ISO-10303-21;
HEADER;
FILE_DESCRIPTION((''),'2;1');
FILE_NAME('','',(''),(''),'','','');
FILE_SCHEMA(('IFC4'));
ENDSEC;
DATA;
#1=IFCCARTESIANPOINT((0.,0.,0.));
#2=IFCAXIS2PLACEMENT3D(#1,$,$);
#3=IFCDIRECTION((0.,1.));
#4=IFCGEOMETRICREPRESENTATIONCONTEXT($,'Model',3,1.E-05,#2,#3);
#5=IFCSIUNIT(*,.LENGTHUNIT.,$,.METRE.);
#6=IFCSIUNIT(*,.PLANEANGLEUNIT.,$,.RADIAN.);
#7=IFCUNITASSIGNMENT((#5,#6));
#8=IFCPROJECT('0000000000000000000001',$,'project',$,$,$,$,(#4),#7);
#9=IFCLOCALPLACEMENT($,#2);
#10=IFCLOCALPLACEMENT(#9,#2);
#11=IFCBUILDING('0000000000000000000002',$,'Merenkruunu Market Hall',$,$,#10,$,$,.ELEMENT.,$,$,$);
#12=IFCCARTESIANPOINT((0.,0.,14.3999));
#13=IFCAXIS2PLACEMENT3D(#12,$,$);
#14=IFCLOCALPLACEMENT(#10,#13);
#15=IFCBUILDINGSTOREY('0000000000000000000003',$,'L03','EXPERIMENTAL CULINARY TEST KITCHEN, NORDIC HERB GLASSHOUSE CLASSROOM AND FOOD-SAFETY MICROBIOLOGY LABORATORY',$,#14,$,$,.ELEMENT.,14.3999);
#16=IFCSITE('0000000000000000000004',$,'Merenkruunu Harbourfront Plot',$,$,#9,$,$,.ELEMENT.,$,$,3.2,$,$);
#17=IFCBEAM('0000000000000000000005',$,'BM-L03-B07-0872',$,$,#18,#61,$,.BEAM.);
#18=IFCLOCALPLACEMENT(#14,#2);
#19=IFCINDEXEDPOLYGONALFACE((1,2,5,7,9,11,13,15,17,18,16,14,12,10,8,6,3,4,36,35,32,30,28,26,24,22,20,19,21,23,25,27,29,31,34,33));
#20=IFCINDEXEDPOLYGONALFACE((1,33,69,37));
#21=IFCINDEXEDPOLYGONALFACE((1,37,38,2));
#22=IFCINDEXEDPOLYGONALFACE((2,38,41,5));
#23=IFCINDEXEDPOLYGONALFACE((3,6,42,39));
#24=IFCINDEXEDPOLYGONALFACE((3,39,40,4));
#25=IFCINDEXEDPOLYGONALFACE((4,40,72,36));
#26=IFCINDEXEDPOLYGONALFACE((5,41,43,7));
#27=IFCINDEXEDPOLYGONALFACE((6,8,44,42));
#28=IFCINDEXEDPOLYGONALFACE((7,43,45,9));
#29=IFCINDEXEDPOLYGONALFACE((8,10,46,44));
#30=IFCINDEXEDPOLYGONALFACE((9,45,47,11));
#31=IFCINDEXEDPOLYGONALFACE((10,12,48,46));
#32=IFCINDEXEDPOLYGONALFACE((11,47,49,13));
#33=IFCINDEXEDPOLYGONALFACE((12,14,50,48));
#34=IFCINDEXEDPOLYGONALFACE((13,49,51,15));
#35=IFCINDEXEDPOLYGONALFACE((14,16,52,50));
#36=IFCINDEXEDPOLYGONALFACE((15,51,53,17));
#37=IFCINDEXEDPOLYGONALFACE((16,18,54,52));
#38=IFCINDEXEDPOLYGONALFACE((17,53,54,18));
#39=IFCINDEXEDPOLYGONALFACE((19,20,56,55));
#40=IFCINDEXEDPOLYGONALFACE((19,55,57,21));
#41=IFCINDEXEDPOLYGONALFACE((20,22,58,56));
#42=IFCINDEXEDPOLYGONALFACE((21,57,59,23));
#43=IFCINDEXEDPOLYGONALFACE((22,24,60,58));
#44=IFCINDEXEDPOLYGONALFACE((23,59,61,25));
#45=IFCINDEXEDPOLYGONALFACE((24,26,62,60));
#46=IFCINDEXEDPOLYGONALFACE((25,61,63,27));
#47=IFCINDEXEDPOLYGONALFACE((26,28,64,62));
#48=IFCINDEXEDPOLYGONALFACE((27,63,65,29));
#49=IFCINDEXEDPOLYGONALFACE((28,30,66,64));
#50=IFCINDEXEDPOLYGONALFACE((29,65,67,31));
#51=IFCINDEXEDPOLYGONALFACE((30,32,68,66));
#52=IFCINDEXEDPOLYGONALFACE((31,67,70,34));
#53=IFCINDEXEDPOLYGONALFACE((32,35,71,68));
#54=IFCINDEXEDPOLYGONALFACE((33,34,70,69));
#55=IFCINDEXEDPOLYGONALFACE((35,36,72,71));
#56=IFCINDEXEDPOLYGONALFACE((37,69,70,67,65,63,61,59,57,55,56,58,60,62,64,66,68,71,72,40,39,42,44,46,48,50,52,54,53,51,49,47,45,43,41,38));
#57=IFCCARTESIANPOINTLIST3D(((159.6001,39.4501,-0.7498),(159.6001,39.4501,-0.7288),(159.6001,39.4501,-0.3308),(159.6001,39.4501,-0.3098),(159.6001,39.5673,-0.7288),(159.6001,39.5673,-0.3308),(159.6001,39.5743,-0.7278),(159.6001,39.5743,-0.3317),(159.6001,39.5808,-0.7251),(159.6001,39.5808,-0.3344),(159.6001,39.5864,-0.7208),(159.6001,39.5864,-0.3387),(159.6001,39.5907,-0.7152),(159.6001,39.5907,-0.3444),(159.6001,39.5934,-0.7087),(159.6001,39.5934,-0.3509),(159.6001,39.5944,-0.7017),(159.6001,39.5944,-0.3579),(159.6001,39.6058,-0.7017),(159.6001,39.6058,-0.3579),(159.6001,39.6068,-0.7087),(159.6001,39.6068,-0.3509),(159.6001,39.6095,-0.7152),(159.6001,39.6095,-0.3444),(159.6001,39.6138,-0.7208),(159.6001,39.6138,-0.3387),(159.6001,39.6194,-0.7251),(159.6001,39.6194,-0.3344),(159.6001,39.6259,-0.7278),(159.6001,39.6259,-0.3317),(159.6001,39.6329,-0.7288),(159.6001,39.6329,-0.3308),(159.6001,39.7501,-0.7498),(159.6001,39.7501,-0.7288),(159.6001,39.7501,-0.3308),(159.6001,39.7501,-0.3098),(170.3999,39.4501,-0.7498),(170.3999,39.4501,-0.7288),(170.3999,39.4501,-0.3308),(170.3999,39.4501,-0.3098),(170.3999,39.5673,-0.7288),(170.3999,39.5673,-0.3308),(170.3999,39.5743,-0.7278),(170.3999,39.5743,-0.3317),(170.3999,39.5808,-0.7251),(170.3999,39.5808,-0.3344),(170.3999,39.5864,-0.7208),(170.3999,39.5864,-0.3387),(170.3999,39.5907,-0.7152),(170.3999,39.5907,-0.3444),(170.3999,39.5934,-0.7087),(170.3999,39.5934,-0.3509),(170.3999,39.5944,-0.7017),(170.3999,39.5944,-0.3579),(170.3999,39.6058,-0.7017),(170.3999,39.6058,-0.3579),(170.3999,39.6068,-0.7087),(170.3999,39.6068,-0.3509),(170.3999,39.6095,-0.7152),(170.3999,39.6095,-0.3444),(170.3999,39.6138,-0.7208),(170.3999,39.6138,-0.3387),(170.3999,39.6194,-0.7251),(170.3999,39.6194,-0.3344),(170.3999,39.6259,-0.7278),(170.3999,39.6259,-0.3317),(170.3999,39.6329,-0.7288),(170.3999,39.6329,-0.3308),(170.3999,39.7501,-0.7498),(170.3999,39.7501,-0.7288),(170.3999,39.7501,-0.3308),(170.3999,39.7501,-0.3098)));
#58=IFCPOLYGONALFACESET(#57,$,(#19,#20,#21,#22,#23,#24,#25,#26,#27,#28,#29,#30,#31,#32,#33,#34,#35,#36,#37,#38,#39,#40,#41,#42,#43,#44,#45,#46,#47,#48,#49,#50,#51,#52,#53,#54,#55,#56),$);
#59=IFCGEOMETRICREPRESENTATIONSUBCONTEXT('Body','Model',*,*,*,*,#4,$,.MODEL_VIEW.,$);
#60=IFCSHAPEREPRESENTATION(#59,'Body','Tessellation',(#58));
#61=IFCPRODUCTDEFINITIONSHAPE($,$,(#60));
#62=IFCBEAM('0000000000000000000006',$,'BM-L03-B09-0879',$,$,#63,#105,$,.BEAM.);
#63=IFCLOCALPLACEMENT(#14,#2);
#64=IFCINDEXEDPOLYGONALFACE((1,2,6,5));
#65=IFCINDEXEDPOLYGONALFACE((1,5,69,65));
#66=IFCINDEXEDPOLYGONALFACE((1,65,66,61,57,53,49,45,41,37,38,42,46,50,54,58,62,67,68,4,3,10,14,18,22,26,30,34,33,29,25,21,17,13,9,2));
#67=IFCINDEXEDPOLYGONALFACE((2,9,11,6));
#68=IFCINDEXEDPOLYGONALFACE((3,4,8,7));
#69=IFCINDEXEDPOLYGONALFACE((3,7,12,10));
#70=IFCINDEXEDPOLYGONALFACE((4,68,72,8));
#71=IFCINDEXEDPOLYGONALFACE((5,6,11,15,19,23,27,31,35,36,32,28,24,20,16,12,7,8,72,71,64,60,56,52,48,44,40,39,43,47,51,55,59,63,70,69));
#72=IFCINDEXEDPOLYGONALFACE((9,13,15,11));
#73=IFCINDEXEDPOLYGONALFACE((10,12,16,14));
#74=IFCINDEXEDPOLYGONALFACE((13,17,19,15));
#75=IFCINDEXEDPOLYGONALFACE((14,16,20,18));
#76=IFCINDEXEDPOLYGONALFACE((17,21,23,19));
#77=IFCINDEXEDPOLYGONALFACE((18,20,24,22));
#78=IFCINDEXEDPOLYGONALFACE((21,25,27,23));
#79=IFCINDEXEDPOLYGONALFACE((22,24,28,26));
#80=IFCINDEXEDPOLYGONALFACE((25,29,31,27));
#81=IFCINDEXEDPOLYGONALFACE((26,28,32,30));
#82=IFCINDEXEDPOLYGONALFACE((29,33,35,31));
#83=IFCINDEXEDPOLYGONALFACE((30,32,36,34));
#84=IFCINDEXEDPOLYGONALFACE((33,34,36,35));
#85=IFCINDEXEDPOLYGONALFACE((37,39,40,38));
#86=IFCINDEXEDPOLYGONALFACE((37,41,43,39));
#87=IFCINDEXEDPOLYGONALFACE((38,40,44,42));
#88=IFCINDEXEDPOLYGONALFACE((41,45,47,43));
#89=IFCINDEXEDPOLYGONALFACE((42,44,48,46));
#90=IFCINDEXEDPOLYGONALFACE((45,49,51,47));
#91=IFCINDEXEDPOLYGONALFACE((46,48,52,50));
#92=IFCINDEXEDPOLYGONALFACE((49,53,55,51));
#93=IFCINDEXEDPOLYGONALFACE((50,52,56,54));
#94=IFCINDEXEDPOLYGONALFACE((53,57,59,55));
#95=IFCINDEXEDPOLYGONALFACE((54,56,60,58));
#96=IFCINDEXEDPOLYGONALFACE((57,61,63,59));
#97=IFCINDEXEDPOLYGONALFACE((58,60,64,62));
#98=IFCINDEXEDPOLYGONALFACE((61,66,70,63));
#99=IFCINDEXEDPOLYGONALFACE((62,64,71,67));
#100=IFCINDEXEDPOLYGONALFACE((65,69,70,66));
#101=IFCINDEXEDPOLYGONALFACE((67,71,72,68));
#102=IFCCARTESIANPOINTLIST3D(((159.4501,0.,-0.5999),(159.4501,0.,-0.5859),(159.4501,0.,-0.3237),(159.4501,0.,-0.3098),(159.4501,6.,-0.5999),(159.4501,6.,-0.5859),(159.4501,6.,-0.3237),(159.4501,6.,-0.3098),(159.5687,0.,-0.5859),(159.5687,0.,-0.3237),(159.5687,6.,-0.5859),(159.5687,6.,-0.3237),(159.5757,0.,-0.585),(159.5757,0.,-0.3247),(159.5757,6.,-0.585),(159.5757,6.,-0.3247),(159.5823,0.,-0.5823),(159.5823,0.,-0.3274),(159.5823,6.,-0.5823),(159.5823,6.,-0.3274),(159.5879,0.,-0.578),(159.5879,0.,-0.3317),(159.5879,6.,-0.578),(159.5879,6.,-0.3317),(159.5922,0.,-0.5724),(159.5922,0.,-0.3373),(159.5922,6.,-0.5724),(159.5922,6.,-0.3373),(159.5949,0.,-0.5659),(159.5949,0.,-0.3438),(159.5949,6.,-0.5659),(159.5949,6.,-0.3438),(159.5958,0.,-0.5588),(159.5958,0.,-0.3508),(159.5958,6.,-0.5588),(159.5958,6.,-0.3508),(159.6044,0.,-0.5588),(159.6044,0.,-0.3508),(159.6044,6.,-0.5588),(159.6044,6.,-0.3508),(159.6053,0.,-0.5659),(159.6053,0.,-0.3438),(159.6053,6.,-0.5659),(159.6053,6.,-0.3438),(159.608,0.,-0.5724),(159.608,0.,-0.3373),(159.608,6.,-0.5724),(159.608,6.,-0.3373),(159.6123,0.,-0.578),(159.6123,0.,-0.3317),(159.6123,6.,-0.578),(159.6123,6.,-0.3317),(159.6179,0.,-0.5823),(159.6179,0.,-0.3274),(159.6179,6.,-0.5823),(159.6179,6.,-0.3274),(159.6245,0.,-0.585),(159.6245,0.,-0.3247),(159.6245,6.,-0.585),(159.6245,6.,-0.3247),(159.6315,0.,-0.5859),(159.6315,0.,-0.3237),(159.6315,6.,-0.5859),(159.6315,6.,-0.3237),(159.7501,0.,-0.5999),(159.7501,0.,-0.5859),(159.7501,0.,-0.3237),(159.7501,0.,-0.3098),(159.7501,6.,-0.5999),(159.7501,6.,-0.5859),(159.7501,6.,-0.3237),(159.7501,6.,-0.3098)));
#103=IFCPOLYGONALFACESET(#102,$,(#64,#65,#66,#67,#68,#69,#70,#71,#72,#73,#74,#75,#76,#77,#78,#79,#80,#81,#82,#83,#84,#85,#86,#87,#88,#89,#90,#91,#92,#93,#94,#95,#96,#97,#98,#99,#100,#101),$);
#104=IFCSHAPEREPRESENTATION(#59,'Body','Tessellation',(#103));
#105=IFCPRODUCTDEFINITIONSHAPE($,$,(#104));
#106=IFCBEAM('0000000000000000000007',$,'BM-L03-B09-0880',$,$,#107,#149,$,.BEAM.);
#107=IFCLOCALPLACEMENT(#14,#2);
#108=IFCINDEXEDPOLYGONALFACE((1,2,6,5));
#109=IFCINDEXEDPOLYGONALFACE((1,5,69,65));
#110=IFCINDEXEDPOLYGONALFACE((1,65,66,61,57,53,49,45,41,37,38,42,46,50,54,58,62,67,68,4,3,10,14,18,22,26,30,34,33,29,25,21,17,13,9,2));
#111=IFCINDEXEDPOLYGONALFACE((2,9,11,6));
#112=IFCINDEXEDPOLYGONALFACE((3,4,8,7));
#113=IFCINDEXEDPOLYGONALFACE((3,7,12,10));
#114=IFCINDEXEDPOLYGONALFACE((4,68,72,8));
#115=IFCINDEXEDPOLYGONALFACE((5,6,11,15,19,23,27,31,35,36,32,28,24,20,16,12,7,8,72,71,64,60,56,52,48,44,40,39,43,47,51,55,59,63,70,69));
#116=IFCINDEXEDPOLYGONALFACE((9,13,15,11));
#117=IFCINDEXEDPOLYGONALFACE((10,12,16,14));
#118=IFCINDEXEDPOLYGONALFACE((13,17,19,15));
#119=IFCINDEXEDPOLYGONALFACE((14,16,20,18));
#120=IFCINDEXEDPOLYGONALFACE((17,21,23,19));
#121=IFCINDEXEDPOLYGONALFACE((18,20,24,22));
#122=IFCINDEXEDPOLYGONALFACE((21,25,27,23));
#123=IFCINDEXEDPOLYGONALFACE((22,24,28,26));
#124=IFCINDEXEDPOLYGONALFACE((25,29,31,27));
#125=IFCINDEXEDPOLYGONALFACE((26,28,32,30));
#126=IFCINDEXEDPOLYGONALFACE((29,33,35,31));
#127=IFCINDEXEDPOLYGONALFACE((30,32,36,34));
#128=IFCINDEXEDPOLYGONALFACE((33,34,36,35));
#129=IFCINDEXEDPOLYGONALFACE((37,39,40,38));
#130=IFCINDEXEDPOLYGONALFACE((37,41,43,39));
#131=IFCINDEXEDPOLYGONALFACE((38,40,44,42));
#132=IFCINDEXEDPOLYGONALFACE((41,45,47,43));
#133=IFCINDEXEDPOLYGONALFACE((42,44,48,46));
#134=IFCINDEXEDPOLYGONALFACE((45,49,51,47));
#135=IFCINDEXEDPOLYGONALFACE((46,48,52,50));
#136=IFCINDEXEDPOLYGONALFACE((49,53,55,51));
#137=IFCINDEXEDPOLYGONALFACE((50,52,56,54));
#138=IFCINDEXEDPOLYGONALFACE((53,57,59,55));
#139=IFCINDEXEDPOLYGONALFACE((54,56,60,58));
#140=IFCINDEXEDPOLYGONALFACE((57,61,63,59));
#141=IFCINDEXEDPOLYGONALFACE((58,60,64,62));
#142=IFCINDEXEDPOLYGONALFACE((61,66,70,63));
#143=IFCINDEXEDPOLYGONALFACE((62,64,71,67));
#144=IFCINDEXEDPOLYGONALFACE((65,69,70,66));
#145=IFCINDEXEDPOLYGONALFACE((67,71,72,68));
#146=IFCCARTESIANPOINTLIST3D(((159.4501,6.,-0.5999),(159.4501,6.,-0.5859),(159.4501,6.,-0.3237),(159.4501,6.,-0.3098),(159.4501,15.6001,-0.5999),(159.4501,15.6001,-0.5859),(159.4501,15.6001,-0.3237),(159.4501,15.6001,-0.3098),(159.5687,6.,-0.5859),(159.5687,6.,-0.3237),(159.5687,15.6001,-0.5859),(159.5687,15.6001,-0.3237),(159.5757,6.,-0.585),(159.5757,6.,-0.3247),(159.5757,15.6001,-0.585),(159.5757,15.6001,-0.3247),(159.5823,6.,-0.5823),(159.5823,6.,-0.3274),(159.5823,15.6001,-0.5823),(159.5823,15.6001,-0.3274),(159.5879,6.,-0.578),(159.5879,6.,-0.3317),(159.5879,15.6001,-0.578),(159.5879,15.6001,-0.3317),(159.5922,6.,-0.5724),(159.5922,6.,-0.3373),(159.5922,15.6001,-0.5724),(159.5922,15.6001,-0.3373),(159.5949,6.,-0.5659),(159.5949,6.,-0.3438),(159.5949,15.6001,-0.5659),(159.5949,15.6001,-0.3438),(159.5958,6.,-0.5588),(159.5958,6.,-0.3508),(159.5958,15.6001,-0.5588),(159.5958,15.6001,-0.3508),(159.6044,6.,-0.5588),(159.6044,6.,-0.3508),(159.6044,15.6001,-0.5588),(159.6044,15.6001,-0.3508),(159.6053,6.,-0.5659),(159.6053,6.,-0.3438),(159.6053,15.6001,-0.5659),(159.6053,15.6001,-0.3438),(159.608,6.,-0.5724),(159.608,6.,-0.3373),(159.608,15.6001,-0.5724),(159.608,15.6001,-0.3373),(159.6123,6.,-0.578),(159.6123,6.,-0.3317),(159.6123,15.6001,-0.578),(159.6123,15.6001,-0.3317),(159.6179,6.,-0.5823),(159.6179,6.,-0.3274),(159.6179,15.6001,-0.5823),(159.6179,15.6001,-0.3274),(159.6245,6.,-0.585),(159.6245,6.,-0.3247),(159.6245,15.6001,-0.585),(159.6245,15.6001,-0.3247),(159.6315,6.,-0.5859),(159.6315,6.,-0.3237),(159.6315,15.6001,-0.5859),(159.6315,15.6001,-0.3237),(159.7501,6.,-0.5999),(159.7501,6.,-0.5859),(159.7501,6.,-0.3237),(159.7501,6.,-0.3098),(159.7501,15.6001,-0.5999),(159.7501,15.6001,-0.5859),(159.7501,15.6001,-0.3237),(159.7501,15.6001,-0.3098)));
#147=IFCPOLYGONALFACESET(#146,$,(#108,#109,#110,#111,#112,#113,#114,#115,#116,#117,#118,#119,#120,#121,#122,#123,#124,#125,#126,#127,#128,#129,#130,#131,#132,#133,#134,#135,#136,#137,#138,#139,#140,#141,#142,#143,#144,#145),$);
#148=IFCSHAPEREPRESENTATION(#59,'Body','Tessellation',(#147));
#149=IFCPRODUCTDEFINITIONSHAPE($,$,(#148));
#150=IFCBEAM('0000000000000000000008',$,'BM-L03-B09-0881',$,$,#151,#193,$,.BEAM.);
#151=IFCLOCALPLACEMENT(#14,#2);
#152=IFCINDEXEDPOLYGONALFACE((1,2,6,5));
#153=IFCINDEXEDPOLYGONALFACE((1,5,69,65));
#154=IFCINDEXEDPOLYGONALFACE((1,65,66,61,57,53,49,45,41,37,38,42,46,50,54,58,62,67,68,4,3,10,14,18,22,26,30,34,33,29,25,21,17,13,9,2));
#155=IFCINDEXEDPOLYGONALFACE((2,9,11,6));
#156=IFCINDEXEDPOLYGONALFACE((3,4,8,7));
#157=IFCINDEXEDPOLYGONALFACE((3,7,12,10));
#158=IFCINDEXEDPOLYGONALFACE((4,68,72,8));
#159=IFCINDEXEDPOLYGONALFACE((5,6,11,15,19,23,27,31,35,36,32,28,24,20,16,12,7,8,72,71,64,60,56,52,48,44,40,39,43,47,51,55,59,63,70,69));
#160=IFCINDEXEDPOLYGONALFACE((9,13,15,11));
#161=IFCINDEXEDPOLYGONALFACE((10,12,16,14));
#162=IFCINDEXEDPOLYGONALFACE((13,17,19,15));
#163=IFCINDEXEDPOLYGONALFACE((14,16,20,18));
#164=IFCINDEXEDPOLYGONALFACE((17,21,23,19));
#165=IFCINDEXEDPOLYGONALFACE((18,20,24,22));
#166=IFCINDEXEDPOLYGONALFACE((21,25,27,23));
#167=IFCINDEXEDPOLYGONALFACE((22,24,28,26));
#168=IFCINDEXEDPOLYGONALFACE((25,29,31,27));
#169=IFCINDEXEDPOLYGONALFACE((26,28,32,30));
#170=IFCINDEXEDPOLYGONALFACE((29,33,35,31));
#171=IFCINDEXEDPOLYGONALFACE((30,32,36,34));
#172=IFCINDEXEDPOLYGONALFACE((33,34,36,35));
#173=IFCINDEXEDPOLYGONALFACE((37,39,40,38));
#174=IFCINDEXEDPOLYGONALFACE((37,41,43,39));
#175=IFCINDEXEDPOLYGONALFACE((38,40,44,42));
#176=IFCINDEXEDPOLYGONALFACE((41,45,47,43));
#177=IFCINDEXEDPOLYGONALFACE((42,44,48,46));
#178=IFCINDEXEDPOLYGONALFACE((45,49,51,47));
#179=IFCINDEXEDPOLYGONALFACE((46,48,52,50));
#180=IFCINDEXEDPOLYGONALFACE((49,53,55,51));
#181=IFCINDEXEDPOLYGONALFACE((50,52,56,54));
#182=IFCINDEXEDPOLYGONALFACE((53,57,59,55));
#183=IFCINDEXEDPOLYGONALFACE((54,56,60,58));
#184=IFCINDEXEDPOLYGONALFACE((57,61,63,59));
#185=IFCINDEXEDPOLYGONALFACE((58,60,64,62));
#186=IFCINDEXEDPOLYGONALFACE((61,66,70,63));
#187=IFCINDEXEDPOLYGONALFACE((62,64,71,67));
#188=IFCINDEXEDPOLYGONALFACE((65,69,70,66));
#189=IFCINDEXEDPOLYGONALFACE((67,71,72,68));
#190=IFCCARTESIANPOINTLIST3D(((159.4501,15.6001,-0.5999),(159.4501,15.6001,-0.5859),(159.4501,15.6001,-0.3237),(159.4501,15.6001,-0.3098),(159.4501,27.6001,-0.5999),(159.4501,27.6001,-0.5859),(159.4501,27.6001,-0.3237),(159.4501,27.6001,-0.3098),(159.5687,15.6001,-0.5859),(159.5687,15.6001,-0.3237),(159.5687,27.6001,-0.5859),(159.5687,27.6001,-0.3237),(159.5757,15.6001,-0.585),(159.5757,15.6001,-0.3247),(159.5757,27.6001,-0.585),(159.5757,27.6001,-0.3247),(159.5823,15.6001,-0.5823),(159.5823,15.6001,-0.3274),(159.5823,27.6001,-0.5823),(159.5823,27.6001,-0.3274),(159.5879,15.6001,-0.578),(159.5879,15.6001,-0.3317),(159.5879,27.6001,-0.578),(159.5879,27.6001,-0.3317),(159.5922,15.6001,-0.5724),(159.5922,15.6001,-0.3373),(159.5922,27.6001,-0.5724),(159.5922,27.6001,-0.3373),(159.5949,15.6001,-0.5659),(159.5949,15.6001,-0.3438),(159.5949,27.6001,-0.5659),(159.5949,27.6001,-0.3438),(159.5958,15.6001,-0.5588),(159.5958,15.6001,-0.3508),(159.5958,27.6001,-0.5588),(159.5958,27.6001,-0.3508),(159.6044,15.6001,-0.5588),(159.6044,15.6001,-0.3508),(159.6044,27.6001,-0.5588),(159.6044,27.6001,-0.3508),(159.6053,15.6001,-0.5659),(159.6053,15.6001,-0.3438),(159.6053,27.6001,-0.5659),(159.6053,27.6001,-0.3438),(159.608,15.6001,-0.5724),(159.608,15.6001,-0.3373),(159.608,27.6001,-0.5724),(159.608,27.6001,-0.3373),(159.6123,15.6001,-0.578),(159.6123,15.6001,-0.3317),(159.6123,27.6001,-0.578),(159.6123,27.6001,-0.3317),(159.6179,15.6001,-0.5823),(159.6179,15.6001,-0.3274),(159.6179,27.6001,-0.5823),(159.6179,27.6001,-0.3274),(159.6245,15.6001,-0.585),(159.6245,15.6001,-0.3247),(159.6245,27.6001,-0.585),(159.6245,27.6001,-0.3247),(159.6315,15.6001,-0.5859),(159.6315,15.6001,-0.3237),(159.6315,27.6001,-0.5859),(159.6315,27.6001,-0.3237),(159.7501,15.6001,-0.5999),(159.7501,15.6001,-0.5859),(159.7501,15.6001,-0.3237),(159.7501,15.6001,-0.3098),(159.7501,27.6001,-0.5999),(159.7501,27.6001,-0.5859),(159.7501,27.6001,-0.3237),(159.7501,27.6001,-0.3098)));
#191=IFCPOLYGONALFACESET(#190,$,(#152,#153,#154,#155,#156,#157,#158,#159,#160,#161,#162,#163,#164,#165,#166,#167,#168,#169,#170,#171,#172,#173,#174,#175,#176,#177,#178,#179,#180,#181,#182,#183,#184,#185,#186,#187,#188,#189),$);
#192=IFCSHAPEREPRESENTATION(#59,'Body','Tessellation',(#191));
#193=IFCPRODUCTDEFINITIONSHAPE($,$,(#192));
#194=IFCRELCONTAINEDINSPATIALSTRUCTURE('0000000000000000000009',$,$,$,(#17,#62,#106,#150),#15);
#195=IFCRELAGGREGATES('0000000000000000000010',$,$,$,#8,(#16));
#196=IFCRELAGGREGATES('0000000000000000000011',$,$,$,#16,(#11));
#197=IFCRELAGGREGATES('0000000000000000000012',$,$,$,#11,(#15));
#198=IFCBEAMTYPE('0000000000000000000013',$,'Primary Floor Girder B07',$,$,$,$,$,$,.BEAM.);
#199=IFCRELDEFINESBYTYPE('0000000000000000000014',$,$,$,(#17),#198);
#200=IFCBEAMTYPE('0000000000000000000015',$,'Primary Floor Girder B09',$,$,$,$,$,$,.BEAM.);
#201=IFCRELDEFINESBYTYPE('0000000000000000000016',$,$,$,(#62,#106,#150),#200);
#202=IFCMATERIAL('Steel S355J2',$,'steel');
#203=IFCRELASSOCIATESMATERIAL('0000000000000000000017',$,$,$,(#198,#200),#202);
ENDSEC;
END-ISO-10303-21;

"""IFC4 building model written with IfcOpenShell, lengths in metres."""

from ifc_helpers import new_model, si_unit, direction, frame, origin, origin_2d, place, context, subcontext, project, spatial, i_section, extrude, material, material_profile, profile_set, type_object, element, save


model = new_model("IFC4")

# Units and contexts
model_context = context("Model", 3, precision=1e-05, world=origin(), true_north=direction((0.0, 1.0)))
body_context = subcontext(model_context, "Body", "Model", "MODEL_VIEW")
ifc_project = project(units=[si_unit("LENGTHUNIT", "METRE"), si_unit("PLANEANGLEUNIT", "RADIAN")], contexts=[model_context])

# Site, building, storey
site_placement = place(None, origin())
site = spatial("IfcSite", under=ifc_project, at=site_placement, Name="Merenkruunu Harbourfront Plot", CompositionType="ELEMENT", RefElevation=3.2)
building_placement = place(site_placement, origin())
building = spatial("IfcBuilding", under=site, at=building_placement, Name="Merenkruunu Market Hall", CompositionType="ELEMENT")
storey_placement = place(building_placement, frame((0.0, 0.0, 14.3999)))
storey = spatial("IfcBuildingStorey", under=building, at=storey_placement, Name="L03", Description="EXPERIMENTAL CULINARY TEST KITCHEN, NORDIC HERB GLASSHOUSE CLASSROOM AND FOOD-SAFETY MICROBIOLOGY LABORATORY", CompositionType="ELEMENT", Elevation=14.3999)

# Shared definitions
ifc_material_1 = material(Name="Steel S355J2", Category="steel")

# Beams
ifc_material_profile_1 = material_profile(ifc_material_1, i_section(OverallWidth=0.3, OverallDepth=0.4399, WebThickness=0.0115, FlangeThickness=0.021, FilletRadius=0.0271, at=origin_2d()), Name="HEA 450")
ifc_profile_set_1 = profile_set([ifc_material_profile_1], Name="Steel S355J2")
beam_type_1 = type_object("IfcBeamType", Name="Primary Floor Girder B07", PredefinedType="BEAM", material=ifc_profile_set_1)
for number, where, z_axis, x_axis, name in (
    (1, (159.6001, 39.6001, -0.5298), (1.0, 0.0, 0.0), (0.0, 1.0, 0.0), "BM-L03-B07-0872"),
):
    element("IfcBeam", number, at=place(storey_placement, frame(where, z_axis=z_axis, x_axis=x_axis)), inside=storey, type_object=beam_type_1, Name=name, PredefinedType="BEAM", context=body_context, shape_type="SweptSolid", body=[
        extrude(i_section(OverallWidth=0.3, OverallDepth=0.4399, WebThickness=0.0115, FlangeThickness=0.021, FilletRadius=0.0271, at=origin_2d()), origin(), (0.0, 0.0, 1.0), 10.7998),
    ])
ifc_material_profile_2 = material_profile(ifc_material_1, i_section(OverallWidth=0.3, OverallDepth=0.29, WebThickness=0.0085, FlangeThickness=0.0139, FilletRadius=0.0271, at=origin_2d()), Name="HEA 300")
ifc_profile_set_2 = profile_set([ifc_material_profile_2], Name="Steel S355J2")
beam_type_2 = type_object("IfcBeamType", Name="Primary Floor Girder B09", PredefinedType="BEAM", material=ifc_profile_set_2)
beam_1_placement = place(storey_placement, frame((159.6001, 0.0, -0.4548), z_axis=(0.0, 1.0, 0.0), x_axis=(-1.0, 0.0, 0.0)))
element("IfcBeam", 2, at=beam_1_placement, inside=storey, type_object=beam_type_2, Name="BM-L03-B09-0879", PredefinedType="BEAM", context=body_context, shape_type="SweptSolid", body=[
    extrude(i_section(OverallWidth=0.3, OverallDepth=0.29, WebThickness=0.0085, FlangeThickness=0.0139, FilletRadius=0.0271, at=origin_2d()), origin(), (0.0, 0.0, 1.0), 6.0),
])
beam_2_placement = place(storey_placement, frame((159.6001, 6.0, -0.4548), z_axis=(0.0, 1.0, 0.0), x_axis=(-1.0, 0.0, 0.0)))
element("IfcBeam", 3, at=beam_2_placement, inside=storey, type_object=beam_type_2, Name="BM-L03-B09-0880", PredefinedType="BEAM", context=body_context, shape_type="SweptSolid", body=[
    extrude(i_section(OverallWidth=0.3, OverallDepth=0.29, WebThickness=0.0085, FlangeThickness=0.0139, FilletRadius=0.0271, at=origin_2d()), origin(), (0.0, 0.0, 1.0), 9.6001),
])
for number, where, z_axis, x_axis, name in (
    (4, (159.6001, 15.6001, -0.4548), (0.0, 1.0, 0.0), (-1.0, 0.0, 0.0), "BM-L03-B09-0881"),
):
    element("IfcBeam", number, at=place(storey_placement, frame(where, z_axis=z_axis, x_axis=x_axis)), inside=storey, type_object=beam_type_2, Name=name, PredefinedType="BEAM", context=body_context, shape_type="SweptSolid", body=[
        extrude(i_section(OverallWidth=0.3, OverallDepth=0.29, WebThickness=0.0085, FlangeThickness=0.0139, FilletRadius=0.0271, at=origin_2d()), origin(), (0.0, 0.0, 1.0), 12.0),
    ])

save(model, "model.ifc")
